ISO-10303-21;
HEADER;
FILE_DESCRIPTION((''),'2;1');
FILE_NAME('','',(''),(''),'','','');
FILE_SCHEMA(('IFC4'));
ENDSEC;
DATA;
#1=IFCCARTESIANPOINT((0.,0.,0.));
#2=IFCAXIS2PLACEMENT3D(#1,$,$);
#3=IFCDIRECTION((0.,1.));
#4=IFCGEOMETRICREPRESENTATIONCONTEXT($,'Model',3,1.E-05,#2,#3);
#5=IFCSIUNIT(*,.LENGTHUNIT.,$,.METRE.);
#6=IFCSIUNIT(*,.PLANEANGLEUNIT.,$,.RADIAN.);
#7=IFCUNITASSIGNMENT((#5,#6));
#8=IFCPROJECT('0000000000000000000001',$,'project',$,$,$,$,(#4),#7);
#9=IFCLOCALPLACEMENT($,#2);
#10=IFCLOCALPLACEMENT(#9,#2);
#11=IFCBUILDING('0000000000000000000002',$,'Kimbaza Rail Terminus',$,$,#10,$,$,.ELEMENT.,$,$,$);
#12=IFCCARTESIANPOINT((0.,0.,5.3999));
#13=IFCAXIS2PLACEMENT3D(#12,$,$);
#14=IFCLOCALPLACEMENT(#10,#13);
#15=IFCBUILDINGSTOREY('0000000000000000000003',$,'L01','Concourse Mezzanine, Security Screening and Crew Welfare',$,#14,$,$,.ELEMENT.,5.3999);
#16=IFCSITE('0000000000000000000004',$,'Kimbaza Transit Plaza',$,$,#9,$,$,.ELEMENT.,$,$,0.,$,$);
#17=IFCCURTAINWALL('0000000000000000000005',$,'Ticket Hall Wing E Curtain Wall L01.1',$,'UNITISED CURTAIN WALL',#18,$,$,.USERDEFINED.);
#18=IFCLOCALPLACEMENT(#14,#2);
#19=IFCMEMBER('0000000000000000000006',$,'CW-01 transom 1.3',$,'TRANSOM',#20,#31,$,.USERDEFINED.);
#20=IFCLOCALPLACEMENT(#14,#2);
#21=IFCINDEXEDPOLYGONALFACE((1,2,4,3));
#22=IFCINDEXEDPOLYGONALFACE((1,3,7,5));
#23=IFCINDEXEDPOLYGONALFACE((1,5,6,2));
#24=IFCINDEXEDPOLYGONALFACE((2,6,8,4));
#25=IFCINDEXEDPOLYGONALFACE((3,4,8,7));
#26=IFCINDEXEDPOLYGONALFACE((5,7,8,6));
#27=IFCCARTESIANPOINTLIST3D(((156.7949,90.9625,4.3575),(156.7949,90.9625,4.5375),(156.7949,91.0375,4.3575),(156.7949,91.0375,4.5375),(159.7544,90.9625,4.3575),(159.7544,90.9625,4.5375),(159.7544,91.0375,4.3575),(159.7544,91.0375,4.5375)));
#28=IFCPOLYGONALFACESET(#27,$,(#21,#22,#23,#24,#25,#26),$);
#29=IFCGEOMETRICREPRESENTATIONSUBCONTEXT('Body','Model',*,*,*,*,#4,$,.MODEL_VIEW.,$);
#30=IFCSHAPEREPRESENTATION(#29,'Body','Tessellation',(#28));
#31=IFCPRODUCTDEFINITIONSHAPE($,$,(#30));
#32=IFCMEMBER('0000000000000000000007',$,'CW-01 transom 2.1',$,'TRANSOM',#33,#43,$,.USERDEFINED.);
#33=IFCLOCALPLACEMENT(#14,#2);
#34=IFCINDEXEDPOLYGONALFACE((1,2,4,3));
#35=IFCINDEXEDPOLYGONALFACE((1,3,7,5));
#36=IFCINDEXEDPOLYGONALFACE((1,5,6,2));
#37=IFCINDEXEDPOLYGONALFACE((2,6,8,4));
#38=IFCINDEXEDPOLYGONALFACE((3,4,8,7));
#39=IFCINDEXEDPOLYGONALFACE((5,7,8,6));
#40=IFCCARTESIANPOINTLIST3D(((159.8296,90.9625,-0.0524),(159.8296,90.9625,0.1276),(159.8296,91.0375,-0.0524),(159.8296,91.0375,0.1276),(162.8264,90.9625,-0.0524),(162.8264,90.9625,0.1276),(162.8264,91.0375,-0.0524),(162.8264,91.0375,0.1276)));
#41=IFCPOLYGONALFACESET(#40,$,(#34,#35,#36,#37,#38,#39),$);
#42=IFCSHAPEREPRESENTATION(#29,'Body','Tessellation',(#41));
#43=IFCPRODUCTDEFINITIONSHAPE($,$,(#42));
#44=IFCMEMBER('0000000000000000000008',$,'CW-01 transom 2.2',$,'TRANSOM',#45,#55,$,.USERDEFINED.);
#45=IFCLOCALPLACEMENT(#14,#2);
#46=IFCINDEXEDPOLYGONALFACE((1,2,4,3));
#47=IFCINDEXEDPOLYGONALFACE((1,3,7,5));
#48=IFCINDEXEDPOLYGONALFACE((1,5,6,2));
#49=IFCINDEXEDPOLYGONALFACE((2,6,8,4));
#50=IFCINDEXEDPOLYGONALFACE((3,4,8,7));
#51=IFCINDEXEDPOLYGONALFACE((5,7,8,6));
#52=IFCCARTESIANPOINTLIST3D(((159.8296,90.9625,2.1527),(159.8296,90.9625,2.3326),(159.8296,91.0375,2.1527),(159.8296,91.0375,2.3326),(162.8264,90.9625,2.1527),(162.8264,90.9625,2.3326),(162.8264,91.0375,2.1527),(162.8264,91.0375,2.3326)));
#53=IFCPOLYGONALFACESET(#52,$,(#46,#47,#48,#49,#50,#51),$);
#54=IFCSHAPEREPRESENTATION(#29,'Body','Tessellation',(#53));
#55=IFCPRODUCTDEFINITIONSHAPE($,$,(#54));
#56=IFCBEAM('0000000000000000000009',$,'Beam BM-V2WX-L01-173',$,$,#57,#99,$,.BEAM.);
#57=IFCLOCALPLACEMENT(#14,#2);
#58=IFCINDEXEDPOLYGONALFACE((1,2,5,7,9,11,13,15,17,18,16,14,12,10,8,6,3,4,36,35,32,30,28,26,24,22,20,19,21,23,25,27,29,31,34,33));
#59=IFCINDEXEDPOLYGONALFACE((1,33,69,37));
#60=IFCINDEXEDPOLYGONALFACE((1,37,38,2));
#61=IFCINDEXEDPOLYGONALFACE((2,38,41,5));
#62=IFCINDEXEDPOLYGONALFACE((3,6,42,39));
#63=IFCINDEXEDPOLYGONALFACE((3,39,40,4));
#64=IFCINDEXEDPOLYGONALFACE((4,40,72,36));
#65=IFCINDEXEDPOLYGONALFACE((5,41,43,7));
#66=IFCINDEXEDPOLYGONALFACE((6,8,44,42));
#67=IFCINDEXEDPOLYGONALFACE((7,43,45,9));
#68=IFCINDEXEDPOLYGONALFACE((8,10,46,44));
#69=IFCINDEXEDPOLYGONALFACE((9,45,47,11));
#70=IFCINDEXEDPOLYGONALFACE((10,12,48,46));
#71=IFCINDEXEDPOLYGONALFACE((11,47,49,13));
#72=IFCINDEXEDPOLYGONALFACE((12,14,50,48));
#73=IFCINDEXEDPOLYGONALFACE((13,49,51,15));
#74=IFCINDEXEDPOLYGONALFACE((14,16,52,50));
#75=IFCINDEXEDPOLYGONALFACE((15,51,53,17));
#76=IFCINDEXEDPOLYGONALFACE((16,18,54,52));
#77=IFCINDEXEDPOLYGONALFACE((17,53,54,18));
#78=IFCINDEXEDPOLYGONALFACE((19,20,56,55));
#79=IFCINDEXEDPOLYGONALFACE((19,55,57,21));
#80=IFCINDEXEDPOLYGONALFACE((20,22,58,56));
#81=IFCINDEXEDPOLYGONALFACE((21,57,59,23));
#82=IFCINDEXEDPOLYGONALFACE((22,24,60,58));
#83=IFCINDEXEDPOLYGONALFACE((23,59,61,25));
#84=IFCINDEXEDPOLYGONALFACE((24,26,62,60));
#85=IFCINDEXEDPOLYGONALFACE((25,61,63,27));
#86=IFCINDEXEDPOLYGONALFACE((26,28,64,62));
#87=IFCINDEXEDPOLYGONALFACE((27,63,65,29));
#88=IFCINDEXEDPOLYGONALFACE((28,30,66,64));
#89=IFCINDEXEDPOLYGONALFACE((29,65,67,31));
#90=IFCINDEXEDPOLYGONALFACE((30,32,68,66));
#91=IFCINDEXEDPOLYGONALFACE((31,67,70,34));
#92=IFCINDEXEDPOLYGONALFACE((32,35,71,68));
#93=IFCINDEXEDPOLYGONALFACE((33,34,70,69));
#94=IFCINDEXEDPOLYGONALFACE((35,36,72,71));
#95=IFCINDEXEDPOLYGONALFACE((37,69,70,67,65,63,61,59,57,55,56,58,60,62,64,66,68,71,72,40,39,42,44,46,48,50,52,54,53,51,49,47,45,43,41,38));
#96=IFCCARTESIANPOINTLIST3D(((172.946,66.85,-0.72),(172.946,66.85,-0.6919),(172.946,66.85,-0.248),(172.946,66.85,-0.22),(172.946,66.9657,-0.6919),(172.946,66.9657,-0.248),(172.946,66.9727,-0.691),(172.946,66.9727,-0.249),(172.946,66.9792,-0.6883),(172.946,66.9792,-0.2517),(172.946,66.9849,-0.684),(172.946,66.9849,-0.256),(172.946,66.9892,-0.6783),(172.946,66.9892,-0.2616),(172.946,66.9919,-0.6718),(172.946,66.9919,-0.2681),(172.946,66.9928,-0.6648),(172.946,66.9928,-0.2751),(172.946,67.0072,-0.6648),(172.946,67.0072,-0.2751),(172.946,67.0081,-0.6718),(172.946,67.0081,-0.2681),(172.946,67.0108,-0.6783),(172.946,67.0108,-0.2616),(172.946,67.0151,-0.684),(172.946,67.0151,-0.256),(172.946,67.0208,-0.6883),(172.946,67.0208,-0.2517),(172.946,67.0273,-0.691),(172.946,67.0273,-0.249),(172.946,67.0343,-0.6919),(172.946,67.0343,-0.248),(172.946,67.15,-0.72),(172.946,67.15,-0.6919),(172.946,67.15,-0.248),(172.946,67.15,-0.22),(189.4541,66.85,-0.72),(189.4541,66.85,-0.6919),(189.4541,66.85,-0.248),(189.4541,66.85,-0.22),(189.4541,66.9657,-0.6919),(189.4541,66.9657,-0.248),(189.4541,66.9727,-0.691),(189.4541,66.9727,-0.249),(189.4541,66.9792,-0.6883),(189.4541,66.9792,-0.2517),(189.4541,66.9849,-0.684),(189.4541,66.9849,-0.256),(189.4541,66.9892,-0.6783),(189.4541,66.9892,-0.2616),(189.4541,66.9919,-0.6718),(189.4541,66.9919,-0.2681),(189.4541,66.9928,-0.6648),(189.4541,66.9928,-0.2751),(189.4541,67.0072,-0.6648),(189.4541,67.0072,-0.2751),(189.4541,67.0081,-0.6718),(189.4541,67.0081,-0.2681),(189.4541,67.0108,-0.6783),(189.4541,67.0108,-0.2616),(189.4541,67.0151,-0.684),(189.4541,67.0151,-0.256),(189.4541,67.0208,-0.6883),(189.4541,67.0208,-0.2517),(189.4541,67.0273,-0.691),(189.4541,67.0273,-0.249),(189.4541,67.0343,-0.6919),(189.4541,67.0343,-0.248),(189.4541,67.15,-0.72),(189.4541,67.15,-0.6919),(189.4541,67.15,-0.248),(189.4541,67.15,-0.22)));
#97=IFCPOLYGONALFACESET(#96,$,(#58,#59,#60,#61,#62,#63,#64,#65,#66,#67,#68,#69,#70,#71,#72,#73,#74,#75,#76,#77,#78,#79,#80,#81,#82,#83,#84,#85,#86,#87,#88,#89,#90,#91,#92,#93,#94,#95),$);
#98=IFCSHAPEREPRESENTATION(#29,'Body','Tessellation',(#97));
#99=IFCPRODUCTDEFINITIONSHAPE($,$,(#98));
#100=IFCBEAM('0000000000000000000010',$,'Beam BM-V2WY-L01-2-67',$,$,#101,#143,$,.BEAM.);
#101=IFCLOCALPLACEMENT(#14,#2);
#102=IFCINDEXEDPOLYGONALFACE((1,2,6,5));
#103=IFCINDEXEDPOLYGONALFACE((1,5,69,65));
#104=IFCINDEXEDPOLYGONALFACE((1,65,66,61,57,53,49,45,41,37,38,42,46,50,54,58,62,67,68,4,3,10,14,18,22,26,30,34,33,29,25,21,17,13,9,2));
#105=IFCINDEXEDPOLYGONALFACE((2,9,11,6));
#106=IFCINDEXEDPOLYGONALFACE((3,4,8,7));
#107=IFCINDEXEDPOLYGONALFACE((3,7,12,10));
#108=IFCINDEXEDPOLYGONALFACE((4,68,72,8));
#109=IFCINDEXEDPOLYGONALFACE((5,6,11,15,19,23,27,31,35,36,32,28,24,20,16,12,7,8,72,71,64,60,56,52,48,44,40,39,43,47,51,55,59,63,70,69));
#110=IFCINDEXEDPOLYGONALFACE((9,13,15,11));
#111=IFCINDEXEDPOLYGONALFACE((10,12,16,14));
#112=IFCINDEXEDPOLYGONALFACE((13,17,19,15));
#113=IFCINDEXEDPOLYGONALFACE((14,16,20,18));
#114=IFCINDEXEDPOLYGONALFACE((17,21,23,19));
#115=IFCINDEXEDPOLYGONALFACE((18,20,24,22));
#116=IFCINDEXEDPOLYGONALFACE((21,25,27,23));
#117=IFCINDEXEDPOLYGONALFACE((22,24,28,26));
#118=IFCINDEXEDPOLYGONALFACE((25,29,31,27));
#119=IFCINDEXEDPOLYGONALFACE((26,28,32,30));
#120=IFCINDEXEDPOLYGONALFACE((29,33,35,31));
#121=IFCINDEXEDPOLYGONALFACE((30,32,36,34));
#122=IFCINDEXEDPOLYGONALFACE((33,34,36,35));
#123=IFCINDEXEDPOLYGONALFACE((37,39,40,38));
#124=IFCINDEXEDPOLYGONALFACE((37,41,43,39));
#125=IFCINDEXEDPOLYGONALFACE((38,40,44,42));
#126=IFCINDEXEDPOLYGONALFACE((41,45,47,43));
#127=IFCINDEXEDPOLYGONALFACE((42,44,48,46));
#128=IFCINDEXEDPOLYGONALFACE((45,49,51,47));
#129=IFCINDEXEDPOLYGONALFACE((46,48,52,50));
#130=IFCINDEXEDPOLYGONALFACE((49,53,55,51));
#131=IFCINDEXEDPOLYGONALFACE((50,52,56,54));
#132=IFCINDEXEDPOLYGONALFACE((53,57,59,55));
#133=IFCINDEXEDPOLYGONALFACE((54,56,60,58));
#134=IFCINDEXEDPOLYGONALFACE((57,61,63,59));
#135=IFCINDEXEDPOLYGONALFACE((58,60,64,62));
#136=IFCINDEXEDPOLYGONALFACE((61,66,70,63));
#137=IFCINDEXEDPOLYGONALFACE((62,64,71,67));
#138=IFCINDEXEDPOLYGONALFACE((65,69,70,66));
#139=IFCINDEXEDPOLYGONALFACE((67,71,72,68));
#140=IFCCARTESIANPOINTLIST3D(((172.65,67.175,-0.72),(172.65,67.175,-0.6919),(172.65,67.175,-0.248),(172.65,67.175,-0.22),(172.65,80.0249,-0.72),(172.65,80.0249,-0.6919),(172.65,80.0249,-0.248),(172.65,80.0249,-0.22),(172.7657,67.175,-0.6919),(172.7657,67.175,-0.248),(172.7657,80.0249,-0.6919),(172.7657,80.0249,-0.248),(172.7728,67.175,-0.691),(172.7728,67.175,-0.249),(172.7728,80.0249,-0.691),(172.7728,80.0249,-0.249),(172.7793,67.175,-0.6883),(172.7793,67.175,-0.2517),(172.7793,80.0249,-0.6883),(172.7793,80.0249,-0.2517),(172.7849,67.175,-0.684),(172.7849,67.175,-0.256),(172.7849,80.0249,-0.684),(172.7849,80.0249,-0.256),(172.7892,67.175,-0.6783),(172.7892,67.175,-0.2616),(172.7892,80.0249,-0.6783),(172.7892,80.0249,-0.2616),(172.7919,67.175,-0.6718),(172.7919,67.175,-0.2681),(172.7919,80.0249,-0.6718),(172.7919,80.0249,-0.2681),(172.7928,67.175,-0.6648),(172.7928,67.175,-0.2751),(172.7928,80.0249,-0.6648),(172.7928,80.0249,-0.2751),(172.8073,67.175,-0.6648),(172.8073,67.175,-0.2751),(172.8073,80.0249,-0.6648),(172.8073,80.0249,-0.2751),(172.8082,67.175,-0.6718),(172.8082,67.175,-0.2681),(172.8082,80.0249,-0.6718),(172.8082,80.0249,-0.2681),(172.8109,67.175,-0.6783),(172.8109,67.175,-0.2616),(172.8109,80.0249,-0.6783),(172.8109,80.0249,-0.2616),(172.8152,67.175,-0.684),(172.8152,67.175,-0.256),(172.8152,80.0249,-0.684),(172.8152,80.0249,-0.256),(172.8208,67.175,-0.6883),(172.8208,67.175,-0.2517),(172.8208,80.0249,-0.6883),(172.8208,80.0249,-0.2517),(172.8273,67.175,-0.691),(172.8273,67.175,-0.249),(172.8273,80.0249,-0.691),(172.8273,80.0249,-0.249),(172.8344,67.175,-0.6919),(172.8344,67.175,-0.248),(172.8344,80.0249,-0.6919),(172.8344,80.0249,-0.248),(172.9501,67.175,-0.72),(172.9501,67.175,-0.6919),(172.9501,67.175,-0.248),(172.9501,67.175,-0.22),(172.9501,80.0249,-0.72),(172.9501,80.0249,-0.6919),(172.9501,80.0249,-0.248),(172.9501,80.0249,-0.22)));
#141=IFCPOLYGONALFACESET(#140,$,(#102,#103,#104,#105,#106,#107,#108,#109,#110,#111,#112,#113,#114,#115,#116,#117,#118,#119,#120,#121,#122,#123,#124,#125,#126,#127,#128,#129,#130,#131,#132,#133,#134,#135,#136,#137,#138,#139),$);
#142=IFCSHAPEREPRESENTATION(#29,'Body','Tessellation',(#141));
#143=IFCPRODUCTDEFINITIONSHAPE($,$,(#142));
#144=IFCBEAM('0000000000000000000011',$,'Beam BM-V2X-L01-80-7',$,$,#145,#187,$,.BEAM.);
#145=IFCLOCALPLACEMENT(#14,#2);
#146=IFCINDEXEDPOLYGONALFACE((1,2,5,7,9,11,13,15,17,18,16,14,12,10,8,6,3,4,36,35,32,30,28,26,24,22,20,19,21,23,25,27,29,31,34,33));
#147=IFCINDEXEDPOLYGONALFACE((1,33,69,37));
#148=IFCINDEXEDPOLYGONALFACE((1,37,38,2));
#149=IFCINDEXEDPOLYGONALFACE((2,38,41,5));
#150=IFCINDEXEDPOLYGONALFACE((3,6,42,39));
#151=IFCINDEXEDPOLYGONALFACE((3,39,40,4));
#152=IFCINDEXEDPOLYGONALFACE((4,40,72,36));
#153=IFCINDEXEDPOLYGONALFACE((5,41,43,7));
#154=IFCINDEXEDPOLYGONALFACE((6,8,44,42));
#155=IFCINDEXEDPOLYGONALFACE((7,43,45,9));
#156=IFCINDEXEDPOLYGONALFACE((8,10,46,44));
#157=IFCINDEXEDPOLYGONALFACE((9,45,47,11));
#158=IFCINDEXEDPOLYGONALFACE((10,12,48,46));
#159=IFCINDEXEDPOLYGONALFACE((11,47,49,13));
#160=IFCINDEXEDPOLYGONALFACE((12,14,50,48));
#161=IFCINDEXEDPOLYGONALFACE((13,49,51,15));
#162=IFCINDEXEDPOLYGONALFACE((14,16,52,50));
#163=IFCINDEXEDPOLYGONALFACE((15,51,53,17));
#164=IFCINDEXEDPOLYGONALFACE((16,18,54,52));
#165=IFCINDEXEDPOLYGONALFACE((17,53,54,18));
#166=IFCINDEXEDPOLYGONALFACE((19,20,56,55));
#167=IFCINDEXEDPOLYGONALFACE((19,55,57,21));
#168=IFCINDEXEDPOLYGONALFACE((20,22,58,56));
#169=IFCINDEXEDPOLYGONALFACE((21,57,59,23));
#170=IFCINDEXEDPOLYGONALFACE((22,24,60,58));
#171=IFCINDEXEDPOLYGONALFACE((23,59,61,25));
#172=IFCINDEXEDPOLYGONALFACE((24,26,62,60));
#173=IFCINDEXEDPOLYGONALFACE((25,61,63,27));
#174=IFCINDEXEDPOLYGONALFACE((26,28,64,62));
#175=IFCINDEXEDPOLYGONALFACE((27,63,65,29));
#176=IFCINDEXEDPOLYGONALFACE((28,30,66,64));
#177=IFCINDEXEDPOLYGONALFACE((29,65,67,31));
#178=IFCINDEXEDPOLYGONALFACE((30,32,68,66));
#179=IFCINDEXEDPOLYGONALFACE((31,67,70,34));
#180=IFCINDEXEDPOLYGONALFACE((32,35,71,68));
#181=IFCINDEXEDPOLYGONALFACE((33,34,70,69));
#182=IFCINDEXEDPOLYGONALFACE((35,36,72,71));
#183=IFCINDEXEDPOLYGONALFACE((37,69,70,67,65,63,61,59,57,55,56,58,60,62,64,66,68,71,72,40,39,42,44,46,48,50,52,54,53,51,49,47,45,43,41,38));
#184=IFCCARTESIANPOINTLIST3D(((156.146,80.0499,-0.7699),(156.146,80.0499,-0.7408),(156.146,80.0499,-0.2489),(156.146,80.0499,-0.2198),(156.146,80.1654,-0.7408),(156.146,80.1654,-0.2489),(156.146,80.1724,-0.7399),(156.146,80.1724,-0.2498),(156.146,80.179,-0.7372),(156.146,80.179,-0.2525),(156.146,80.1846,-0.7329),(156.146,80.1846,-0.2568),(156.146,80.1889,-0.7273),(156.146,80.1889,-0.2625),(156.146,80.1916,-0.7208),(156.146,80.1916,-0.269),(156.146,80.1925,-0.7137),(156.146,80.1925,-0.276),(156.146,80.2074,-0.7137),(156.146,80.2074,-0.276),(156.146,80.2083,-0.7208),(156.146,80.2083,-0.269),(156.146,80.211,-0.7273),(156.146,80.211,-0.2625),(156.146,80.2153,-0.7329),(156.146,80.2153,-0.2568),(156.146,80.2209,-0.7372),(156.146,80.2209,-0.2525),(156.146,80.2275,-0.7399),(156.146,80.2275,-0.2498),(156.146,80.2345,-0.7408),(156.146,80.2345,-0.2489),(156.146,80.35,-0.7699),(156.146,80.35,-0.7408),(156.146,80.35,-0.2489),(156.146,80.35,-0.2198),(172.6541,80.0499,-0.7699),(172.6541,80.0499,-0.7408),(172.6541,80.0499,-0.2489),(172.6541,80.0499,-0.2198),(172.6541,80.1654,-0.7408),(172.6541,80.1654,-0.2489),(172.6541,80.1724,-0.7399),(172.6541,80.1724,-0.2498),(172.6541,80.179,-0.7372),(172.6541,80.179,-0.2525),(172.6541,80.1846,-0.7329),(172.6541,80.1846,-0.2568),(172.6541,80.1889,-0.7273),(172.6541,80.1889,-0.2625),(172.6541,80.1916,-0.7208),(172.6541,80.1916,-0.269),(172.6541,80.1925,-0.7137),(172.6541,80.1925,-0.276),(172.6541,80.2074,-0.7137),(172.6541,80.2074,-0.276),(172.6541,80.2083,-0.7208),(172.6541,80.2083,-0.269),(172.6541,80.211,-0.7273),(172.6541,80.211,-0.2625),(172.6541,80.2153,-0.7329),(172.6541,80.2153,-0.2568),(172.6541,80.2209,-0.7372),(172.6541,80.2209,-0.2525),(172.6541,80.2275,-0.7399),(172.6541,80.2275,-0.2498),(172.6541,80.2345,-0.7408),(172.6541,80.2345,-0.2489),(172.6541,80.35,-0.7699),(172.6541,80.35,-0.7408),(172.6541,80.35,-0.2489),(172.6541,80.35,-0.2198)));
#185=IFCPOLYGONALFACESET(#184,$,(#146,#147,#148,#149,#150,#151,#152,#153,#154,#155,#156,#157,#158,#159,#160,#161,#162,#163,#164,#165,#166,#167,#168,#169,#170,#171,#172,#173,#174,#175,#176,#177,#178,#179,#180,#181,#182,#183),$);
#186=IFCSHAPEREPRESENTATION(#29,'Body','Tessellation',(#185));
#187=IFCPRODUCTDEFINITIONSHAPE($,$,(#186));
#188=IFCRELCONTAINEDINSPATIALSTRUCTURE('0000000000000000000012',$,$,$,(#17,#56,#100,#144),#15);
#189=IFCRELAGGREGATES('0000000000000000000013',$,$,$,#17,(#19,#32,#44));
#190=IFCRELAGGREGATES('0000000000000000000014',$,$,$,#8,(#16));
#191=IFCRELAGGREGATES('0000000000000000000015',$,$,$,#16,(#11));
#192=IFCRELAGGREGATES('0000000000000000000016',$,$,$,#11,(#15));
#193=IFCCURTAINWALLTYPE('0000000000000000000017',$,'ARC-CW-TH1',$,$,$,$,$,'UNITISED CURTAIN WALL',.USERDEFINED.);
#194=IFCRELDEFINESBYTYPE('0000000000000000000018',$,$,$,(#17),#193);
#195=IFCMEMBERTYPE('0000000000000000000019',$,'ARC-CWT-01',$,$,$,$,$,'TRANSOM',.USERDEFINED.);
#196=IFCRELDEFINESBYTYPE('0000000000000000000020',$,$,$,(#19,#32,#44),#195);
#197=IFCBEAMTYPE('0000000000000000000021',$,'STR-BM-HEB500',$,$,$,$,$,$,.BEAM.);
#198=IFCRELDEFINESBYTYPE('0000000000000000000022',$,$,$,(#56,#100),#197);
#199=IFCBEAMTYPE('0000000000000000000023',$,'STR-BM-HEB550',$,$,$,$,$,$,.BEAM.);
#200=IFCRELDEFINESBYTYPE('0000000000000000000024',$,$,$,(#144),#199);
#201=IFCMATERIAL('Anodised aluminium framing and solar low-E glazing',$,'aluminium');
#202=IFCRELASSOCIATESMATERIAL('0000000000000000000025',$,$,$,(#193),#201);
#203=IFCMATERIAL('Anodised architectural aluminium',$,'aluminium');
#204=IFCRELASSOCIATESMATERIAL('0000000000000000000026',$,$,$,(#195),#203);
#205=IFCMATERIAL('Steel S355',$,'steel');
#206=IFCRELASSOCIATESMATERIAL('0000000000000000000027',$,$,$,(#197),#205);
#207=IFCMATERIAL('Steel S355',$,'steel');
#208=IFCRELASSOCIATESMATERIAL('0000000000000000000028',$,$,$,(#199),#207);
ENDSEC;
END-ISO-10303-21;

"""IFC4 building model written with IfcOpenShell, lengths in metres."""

from ifc_helpers import new_model, si_unit, direction, frame, origin, origin_2d, place, context, subcontext, project, spatial, rectangle, i_section, extrude, material, material_profile, profile_set, type_object, element, aggregate, save


model = new_model("IFC4")

# Units and contexts
model_context = context("Model", 3, precision=1e-05, world=origin(), true_north=direction((0.0, 1.0)))
body_context = subcontext(model_context, "Body", "Model", "MODEL_VIEW")
ifc_project = project(units=[si_unit("LENGTHUNIT", "METRE"), si_unit("PLANEANGLEUNIT", "RADIAN")], contexts=[model_context])

# Site, building, storey
site_placement = place(None, origin())
site = spatial("IfcSite", under=ifc_project, at=site_placement, Name="Kimbaza Transit Plaza", CompositionType="ELEMENT", RefElevation=0.0)
building_placement = place(site_placement, origin())
building = spatial("IfcBuilding", under=site, at=building_placement, Name="Kimbaza Rail Terminus", CompositionType="ELEMENT")
storey_placement = place(building_placement, frame((0.0, 0.0, 5.3999)))
storey = spatial("IfcBuildingStorey", under=building, at=storey_placement, Name="L01", Description="Concourse Mezzanine, Security Screening and Crew Welfare", CompositionType="ELEMENT", Elevation=5.3999)

# Curtain wall, members
ifc_material_1 = material(Name="Anodised aluminium framing and solar low-E glazing", Category="aluminium")
curtain_wall_type = type_object("IfcCurtainWallType", Name="ARC-CW-TH1", ElementType="UNITISED CURTAIN WALL", PredefinedType="USERDEFINED", material=ifc_material_1)
curtain_wall_placement = place(storey_placement, origin())
curtain_wall = element("IfcCurtainWall", 1, at=curtain_wall_placement, inside=storey, type_object=curtain_wall_type, Name="Ticket Hall Wing E Curtain Wall L01.1", ObjectType="UNITISED CURTAIN WALL", PredefinedType="USERDEFINED")
ifc_material_2 = material(Name="Anodised architectural aluminium", Category="aluminium")
ifc_material_profile_1 = material_profile(ifc_material_2, rectangle(XDim=0.075, YDim=0.1799, at=origin_2d()), Name="TRANSOM 75x180")
ifc_profile_set_1 = profile_set([ifc_material_profile_1], Name="Anodised architectural aluminium")
member_type_1 = type_object("IfcMemberType", Name="ARC-CWT-01", ElementType="TRANSOM", PredefinedType="USERDEFINED", material=ifc_profile_set_1)
member_1_placement = place(storey_placement, frame((156.7949, 91.0, 4.4475), z_axis=(1.0, 0.0, 0.0), x_axis=(0.0, 1.0, 0.0)))
member_1 = element("IfcMember", 2, at=member_1_placement, type_object=member_type_1, Name="CW-01 transom 1.3", ObjectType="TRANSOM", PredefinedType="USERDEFINED", context=body_context, shape_type="SweptSolid", body=[
    extrude(rectangle(XDim=0.075, YDim=0.1799, at=origin_2d()), origin(), (0.0, 0.0, 1.0), 2.9595),
])
member_2_placement = place(storey_placement, frame((159.8296, 91.0, 0.0376), z_axis=(1.0, 0.0, 0.0), x_axis=(0.0, 1.0, 0.0)))
member_2 = element("IfcMember", 3, at=member_2_placement, type_object=member_type_1, Name="CW-01 transom 2.1", ObjectType="TRANSOM", PredefinedType="USERDEFINED", context=body_context, shape_type="SweptSolid", body=[
    extrude(rectangle(XDim=0.075, YDim=0.1799, at=origin_2d()), origin(), (0.0, 0.0, 1.0), 2.9968),
])
member_3_placement = place(storey_placement, frame((159.8296, 91.0, 2.2427), z_axis=(1.0, 0.0, 0.0), x_axis=(0.0, 1.0, 0.0)))
member_3 = element("IfcMember", 4, at=member_3_placement, type_object=member_type_1, Name="CW-01 transom 2.2", ObjectType="TRANSOM", PredefinedType="USERDEFINED", context=body_context, shape_type="SweptSolid", body=[
    extrude(rectangle(XDim=0.075, YDim=0.1799, at=origin_2d()), origin(), (0.0, 0.0, 1.0), 2.9968),
])

# Beams
ifc_material_3 = material(Name="Steel S355", Category="steel")
ifc_material_profile_2 = material_profile(ifc_material_3, i_section(OverallWidth=0.3, OverallDepth=0.5, WebThickness=0.0144, FlangeThickness=0.0281, FilletRadius=0.0271, at=origin_2d()), Name="HEB 500")
ifc_profile_set_2 = profile_set([ifc_material_profile_2], Name="Steel S355")
beam_type_1 = type_object("IfcBeamType", Name="STR-BM-HEB500", PredefinedType="BEAM", material=ifc_profile_set_2)
beam_1_placement = place(storey_placement, frame((172.946, 67.0, -0.47), z_axis=(1.0, 0.0, 0.0), x_axis=(0.0, 1.0, 0.0)))
element("IfcBeam", 5, at=beam_1_placement, inside=storey, type_object=beam_type_1, Name="Beam BM-V2WX-L01-173", PredefinedType="BEAM", context=body_context, shape_type="SweptSolid", body=[
    extrude(i_section(OverallWidth=0.3, OverallDepth=0.5, WebThickness=0.0144, FlangeThickness=0.0281, FilletRadius=0.0271, at=origin_2d()), origin(), (0.0, 0.0, 1.0), 16.5081),
])
beam_2_placement = place(storey_placement, frame((172.8, 67.175, -0.47), z_axis=(0.0, 1.0, 0.0), x_axis=(-1.0, 0.0, 0.0)))
element("IfcBeam", 6, at=beam_2_placement, inside=storey, type_object=beam_type_1, Name="Beam BM-V2WY-L01-2-67", PredefinedType="BEAM", context=body_context, shape_type="SweptSolid", body=[
    extrude(i_section(OverallWidth=0.3, OverallDepth=0.5, WebThickness=0.0144, FlangeThickness=0.0281, FilletRadius=0.0271, at=origin_2d()), origin(), (0.0, 0.0, 1.0), 12.8499),
])
ifc_material_4 = material(Name="Steel S355", Category="steel")
ifc_material_profile_3 = material_profile(ifc_material_4, i_section(OverallWidth=0.3, OverallDepth=0.55, WebThickness=0.0149, FlangeThickness=0.0291, FilletRadius=0.0271, at=origin_2d()), Name="HEB 550")
ifc_profile_set_3 = profile_set([ifc_material_profile_3], Name="Steel S355")
beam_type_2 = type_object("IfcBeamType", Name="STR-BM-HEB550", PredefinedType="BEAM", material=ifc_profile_set_3)
for number, where, z_axis, x_axis, name in (
    (7, (156.146, 80.2, -0.4949), (1.0, 0.0, 0.0), (0.0, 1.0, 0.0), "Beam BM-V2X-L01-80-7"),
):
    element("IfcBeam", number, at=place(storey_placement, frame(where, z_axis=z_axis, x_axis=x_axis)), inside=storey, type_object=beam_type_2, Name=name, PredefinedType="BEAM", context=body_context, shape_type="SweptSolid", body=[
        extrude(i_section(OverallWidth=0.3, OverallDepth=0.55, WebThickness=0.0149, FlangeThickness=0.0291, FilletRadius=0.0271, at=origin_2d()), origin(), (0.0, 0.0, 1.0), 16.5081),
    ])

aggregate(curtain_wall, [member_1, member_2, member_3])

save(model, "model.ifc")
